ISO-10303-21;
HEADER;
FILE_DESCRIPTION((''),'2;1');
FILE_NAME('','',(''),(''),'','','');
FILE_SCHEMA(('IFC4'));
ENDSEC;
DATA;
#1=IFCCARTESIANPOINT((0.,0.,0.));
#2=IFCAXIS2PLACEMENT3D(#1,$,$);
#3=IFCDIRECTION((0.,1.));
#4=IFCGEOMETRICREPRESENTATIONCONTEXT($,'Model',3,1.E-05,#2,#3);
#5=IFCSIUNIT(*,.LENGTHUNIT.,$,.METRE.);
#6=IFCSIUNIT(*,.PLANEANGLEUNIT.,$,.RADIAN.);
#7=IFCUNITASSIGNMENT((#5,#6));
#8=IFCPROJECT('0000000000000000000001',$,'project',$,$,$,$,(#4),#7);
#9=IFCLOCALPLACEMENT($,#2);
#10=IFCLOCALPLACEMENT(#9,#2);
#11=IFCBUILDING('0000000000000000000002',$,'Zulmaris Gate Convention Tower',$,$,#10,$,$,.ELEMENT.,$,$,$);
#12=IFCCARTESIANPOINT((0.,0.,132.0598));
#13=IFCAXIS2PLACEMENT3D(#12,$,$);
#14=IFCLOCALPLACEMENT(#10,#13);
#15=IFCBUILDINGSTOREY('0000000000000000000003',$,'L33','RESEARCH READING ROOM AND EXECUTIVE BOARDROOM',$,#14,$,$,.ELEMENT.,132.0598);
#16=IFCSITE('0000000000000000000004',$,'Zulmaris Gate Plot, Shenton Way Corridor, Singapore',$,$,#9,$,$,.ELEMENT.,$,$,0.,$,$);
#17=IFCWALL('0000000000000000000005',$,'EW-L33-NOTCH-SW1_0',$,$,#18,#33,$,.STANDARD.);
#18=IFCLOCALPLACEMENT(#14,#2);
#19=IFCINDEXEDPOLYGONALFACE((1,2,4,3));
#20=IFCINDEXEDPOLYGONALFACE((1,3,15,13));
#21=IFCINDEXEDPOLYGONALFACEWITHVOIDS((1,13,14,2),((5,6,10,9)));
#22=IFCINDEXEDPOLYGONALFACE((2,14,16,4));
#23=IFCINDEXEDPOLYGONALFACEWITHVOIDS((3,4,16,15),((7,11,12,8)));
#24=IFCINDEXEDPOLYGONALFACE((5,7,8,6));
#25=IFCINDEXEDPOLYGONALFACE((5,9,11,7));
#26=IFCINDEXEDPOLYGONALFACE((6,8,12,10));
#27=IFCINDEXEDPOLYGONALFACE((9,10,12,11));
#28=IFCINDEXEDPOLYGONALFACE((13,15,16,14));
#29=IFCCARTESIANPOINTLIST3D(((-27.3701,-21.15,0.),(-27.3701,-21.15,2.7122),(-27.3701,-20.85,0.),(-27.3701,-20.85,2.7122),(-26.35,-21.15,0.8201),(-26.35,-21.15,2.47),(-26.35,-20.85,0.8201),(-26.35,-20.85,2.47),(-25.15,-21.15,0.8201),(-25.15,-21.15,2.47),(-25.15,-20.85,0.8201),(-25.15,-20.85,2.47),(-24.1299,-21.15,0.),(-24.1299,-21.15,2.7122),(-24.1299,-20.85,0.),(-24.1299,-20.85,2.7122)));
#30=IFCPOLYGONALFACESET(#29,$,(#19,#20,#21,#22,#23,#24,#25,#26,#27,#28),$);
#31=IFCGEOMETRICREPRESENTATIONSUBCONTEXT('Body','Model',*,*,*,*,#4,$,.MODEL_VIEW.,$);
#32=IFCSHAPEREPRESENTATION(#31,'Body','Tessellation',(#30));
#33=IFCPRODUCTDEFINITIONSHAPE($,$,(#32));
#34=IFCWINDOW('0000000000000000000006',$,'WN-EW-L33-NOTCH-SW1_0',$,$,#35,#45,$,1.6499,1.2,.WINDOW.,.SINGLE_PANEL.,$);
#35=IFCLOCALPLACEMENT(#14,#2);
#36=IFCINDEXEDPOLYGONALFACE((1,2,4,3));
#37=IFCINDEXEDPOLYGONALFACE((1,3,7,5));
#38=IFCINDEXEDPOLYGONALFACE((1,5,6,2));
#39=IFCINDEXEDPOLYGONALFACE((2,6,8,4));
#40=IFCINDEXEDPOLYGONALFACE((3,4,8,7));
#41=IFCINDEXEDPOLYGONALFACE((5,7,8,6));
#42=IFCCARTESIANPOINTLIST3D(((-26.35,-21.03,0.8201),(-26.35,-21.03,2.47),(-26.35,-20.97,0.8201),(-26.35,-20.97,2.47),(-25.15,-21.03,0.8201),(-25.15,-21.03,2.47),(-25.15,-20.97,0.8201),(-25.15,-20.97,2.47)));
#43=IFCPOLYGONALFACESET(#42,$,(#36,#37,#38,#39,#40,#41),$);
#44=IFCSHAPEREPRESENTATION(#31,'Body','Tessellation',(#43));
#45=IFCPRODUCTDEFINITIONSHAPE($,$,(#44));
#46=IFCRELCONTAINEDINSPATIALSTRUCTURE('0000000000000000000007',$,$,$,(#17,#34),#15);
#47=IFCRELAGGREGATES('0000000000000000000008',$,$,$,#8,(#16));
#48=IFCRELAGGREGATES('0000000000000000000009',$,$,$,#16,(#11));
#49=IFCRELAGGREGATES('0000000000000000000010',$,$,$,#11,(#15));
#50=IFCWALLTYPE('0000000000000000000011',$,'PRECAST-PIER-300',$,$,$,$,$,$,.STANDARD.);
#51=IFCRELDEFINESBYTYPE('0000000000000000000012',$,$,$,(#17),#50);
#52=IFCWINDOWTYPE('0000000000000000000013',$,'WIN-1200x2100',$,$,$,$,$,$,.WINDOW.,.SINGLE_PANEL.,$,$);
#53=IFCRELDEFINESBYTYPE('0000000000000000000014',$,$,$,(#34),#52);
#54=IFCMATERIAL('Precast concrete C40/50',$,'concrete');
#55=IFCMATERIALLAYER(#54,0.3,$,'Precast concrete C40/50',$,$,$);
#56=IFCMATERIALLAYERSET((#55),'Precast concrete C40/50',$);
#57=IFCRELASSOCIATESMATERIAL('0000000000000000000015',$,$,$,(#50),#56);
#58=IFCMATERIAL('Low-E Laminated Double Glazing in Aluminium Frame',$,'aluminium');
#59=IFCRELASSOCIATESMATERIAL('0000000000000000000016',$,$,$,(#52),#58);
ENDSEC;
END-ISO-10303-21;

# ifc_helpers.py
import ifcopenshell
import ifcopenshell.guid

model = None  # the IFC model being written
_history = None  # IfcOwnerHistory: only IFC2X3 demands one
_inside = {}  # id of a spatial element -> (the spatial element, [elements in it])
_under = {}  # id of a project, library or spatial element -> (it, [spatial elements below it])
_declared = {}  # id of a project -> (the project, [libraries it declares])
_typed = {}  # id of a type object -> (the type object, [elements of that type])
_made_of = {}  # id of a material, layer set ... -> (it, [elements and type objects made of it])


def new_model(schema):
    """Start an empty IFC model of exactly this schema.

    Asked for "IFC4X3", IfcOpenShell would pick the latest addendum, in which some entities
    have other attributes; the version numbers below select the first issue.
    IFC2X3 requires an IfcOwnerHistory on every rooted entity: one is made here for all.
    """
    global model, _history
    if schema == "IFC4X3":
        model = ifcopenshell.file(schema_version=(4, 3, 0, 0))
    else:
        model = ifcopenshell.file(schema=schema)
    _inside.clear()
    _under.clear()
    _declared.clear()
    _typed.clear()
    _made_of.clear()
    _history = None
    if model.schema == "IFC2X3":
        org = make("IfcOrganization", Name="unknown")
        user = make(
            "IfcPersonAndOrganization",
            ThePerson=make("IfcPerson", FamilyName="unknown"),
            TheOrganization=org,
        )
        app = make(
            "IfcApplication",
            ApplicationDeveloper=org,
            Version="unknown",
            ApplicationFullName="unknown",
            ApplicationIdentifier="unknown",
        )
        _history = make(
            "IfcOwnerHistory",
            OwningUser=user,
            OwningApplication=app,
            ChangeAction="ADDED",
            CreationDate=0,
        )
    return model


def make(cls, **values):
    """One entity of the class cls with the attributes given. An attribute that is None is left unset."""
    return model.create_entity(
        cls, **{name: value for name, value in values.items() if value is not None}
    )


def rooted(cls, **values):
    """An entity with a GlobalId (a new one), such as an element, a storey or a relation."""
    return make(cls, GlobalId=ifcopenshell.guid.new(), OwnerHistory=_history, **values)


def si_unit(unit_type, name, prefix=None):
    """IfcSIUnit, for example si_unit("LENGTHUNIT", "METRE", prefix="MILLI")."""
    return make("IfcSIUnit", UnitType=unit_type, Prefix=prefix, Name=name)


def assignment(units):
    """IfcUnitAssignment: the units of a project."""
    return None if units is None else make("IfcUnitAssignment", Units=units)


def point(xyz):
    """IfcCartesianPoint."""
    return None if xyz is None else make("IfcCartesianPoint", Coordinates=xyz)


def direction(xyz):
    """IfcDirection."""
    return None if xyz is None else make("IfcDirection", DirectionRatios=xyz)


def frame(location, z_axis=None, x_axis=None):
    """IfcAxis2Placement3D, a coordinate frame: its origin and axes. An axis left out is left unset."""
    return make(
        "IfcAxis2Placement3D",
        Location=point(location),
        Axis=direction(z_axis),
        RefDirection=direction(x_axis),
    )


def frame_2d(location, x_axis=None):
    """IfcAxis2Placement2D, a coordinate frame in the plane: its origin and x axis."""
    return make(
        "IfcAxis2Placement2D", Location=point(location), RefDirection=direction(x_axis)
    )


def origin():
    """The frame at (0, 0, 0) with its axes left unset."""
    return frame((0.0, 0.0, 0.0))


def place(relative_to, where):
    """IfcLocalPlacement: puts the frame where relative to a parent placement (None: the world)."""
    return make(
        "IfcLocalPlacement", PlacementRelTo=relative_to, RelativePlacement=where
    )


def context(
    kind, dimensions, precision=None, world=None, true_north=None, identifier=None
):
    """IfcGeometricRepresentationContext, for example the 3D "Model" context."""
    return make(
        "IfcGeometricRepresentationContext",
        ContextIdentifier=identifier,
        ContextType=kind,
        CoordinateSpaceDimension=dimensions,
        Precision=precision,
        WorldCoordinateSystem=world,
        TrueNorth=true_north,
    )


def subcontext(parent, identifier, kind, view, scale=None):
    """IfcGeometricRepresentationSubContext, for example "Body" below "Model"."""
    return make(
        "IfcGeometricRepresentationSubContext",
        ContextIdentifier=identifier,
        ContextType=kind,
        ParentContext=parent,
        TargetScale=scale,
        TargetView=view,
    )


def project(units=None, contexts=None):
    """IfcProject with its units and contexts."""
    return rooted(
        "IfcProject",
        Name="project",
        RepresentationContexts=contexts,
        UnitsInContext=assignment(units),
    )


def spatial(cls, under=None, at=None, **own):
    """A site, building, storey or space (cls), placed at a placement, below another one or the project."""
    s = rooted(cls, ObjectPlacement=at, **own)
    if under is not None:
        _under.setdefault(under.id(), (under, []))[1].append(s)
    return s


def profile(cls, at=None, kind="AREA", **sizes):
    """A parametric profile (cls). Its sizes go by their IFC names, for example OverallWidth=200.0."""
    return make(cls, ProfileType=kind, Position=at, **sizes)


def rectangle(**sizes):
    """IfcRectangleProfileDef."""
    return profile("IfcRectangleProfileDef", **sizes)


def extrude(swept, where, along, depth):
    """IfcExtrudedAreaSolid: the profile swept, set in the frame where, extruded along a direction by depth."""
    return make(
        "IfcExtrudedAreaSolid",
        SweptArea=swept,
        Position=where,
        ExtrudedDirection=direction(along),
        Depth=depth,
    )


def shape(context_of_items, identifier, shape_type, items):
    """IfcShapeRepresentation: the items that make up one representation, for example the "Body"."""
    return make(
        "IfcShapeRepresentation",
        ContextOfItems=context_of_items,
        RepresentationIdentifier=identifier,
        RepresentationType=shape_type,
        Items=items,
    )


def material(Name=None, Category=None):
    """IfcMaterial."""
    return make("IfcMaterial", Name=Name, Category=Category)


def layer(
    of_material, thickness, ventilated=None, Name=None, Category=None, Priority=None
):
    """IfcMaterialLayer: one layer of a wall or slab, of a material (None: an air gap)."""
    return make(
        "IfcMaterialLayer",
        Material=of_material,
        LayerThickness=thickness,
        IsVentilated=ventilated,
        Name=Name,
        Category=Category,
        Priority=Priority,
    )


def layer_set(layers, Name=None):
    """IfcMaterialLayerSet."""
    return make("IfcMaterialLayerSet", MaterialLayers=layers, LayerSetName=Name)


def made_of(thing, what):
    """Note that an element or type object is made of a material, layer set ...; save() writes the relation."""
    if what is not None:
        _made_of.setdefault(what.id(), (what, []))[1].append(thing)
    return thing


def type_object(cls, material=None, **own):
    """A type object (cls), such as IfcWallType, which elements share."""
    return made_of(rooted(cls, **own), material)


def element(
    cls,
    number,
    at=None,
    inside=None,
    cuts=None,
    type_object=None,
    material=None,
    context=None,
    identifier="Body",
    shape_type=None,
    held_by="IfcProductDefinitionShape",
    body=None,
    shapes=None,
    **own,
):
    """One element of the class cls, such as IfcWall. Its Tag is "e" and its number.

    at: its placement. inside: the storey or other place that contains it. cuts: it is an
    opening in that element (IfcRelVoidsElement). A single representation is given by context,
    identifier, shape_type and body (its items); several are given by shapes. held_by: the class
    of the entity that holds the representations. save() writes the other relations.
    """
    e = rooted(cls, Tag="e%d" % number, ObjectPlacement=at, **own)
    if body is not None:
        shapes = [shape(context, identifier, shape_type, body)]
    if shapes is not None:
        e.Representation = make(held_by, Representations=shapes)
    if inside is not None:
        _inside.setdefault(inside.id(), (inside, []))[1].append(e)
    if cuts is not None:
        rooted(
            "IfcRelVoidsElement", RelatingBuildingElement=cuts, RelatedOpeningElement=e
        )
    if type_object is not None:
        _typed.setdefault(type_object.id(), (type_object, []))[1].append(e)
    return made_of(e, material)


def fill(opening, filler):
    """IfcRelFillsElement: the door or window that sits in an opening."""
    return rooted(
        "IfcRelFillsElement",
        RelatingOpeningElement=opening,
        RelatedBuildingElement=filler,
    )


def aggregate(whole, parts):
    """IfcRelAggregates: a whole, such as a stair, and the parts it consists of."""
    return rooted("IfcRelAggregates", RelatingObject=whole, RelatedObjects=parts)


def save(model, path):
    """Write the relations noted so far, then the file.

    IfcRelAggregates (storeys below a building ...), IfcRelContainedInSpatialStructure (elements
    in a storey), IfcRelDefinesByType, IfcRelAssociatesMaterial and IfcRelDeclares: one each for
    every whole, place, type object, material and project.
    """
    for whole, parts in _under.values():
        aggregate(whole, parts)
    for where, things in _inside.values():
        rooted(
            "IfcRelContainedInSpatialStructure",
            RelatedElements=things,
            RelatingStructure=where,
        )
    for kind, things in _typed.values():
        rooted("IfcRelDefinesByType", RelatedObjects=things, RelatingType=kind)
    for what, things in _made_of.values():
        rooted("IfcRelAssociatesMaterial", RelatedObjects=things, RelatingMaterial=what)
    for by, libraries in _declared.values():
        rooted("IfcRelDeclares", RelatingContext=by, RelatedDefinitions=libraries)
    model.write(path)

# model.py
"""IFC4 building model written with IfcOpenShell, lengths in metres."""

from ifc_helpers import new_model, si_unit, direction, frame, frame_2d, origin, place, context, subcontext, project, spatial, rectangle, extrude, material, layer, layer_set, type_object, element, fill, save


model = new_model("IFC4")

# Units and contexts
model_context = context("Model", 3, precision=1e-05, world=origin(), true_north=direction((0.0, 1.0)))
body_context = subcontext(model_context, "Body", "Model", "MODEL_VIEW")
ifc_project = project(units=[si_unit("LENGTHUNIT", "METRE"), si_unit("PLANEANGLEUNIT", "RADIAN")], contexts=[model_context])

# Site, building, storey
site_placement = place(None, origin())
site = spatial("IfcSite", under=ifc_project, at=site_placement, Name="Zulmaris Gate Plot, Shenton Way Corridor, Singapore", CompositionType="ELEMENT", RefElevation=0.0)
building_placement = place(site_placement, origin())
building = spatial("IfcBuilding", under=site, at=building_placement, Name="Zulmaris Gate Convention Tower", CompositionType="ELEMENT")
storey_placement = place(building_placement, frame((0.0, 0.0, 132.0598)))
storey = spatial("IfcBuildingStorey", under=building, at=storey_placement, Name="L33", Description="RESEARCH READING ROOM AND EXECUTIVE BOARDROOM", CompositionType="ELEMENT", Elevation=132.0598)

# Wall, opening, window
ifc_material_1 = material(Name="Precast concrete C40/50", Category="concrete")
ifc_layer_1 = layer(ifc_material_1, 0.3, Name="Precast concrete C40/50")
ifc_layer_set_1 = layer_set([ifc_layer_1], Name="Precast concrete C40/50")
wall_type_1 = type_object("IfcWallType", Name="PRECAST-PIER-300", PredefinedType="STANDARD", material=ifc_layer_set_1)
wall_1_placement = place(storey_placement, frame((-27.3701, -21.0, 0.0), z_axis=(0.0, 0.0, 1.0), x_axis=(1.0, 0.0, 0.0)))
wall_1 = element("IfcWall", 1, at=wall_1_placement, inside=storey, type_object=wall_type_1, Name="EW-L33-NOTCH-SW1_0", PredefinedType="STANDARD", context=body_context, shape_type="SweptSolid", body=[
    extrude(rectangle(XDim=3.2402, YDim=0.3, at=frame_2d((1.6201, 0.0))), origin(), (0.0, 0.0, 1.0), 2.7122),
])
opening_1_placement = place(wall_1_placement, frame((1.02, 0.0, 0.8201)))
opening_1 = element("IfcOpeningElement", 2, at=opening_1_placement, cuts=wall_1, PredefinedType="OPENING", context=body_context, shape_type="SweptSolid", body=[
    extrude(rectangle(XDim=1.2, YDim=1.6499, at=frame_2d((0.6001, 0.825))), frame((0.0, 0.1602, 0.0), z_axis=(0.0, -1.0, 0.0), x_axis=(1.0, 0.0, 0.0)), (0.0, 0.0, 1.0), 0.3201),
])
ifc_material_2 = material(Name="Low-E Laminated Double Glazing in Aluminium Frame", Category="aluminium")
window_type = type_object("IfcWindowType", Name="WIN-1200x2100", PartitioningType="SINGLE_PANEL", PredefinedType="WINDOW", material=ifc_material_2)
window_placement = place(opening_1_placement, origin())
window = element("IfcWindow", 3, at=window_placement, inside=storey, type_object=window_type, Name="WN-EW-L33-NOTCH-SW1_0", OverallHeight=1.6499, OverallWidth=1.2, PartitioningType="SINGLE_PANEL", PredefinedType="WINDOW", context=body_context, shape_type="SweptSolid", body=[
    extrude(rectangle(XDim=1.2, YDim=1.6499, at=frame_2d((0.6001, 0.825))), frame((0.0, 0.03, 0.0), z_axis=(0.0, -1.0, 0.0), x_axis=(1.0, 0.0, 0.0)), (0.0, 0.0, 1.0), 0.0601),
])
fill(opening_1, window)

save(model, "model.ifc")
